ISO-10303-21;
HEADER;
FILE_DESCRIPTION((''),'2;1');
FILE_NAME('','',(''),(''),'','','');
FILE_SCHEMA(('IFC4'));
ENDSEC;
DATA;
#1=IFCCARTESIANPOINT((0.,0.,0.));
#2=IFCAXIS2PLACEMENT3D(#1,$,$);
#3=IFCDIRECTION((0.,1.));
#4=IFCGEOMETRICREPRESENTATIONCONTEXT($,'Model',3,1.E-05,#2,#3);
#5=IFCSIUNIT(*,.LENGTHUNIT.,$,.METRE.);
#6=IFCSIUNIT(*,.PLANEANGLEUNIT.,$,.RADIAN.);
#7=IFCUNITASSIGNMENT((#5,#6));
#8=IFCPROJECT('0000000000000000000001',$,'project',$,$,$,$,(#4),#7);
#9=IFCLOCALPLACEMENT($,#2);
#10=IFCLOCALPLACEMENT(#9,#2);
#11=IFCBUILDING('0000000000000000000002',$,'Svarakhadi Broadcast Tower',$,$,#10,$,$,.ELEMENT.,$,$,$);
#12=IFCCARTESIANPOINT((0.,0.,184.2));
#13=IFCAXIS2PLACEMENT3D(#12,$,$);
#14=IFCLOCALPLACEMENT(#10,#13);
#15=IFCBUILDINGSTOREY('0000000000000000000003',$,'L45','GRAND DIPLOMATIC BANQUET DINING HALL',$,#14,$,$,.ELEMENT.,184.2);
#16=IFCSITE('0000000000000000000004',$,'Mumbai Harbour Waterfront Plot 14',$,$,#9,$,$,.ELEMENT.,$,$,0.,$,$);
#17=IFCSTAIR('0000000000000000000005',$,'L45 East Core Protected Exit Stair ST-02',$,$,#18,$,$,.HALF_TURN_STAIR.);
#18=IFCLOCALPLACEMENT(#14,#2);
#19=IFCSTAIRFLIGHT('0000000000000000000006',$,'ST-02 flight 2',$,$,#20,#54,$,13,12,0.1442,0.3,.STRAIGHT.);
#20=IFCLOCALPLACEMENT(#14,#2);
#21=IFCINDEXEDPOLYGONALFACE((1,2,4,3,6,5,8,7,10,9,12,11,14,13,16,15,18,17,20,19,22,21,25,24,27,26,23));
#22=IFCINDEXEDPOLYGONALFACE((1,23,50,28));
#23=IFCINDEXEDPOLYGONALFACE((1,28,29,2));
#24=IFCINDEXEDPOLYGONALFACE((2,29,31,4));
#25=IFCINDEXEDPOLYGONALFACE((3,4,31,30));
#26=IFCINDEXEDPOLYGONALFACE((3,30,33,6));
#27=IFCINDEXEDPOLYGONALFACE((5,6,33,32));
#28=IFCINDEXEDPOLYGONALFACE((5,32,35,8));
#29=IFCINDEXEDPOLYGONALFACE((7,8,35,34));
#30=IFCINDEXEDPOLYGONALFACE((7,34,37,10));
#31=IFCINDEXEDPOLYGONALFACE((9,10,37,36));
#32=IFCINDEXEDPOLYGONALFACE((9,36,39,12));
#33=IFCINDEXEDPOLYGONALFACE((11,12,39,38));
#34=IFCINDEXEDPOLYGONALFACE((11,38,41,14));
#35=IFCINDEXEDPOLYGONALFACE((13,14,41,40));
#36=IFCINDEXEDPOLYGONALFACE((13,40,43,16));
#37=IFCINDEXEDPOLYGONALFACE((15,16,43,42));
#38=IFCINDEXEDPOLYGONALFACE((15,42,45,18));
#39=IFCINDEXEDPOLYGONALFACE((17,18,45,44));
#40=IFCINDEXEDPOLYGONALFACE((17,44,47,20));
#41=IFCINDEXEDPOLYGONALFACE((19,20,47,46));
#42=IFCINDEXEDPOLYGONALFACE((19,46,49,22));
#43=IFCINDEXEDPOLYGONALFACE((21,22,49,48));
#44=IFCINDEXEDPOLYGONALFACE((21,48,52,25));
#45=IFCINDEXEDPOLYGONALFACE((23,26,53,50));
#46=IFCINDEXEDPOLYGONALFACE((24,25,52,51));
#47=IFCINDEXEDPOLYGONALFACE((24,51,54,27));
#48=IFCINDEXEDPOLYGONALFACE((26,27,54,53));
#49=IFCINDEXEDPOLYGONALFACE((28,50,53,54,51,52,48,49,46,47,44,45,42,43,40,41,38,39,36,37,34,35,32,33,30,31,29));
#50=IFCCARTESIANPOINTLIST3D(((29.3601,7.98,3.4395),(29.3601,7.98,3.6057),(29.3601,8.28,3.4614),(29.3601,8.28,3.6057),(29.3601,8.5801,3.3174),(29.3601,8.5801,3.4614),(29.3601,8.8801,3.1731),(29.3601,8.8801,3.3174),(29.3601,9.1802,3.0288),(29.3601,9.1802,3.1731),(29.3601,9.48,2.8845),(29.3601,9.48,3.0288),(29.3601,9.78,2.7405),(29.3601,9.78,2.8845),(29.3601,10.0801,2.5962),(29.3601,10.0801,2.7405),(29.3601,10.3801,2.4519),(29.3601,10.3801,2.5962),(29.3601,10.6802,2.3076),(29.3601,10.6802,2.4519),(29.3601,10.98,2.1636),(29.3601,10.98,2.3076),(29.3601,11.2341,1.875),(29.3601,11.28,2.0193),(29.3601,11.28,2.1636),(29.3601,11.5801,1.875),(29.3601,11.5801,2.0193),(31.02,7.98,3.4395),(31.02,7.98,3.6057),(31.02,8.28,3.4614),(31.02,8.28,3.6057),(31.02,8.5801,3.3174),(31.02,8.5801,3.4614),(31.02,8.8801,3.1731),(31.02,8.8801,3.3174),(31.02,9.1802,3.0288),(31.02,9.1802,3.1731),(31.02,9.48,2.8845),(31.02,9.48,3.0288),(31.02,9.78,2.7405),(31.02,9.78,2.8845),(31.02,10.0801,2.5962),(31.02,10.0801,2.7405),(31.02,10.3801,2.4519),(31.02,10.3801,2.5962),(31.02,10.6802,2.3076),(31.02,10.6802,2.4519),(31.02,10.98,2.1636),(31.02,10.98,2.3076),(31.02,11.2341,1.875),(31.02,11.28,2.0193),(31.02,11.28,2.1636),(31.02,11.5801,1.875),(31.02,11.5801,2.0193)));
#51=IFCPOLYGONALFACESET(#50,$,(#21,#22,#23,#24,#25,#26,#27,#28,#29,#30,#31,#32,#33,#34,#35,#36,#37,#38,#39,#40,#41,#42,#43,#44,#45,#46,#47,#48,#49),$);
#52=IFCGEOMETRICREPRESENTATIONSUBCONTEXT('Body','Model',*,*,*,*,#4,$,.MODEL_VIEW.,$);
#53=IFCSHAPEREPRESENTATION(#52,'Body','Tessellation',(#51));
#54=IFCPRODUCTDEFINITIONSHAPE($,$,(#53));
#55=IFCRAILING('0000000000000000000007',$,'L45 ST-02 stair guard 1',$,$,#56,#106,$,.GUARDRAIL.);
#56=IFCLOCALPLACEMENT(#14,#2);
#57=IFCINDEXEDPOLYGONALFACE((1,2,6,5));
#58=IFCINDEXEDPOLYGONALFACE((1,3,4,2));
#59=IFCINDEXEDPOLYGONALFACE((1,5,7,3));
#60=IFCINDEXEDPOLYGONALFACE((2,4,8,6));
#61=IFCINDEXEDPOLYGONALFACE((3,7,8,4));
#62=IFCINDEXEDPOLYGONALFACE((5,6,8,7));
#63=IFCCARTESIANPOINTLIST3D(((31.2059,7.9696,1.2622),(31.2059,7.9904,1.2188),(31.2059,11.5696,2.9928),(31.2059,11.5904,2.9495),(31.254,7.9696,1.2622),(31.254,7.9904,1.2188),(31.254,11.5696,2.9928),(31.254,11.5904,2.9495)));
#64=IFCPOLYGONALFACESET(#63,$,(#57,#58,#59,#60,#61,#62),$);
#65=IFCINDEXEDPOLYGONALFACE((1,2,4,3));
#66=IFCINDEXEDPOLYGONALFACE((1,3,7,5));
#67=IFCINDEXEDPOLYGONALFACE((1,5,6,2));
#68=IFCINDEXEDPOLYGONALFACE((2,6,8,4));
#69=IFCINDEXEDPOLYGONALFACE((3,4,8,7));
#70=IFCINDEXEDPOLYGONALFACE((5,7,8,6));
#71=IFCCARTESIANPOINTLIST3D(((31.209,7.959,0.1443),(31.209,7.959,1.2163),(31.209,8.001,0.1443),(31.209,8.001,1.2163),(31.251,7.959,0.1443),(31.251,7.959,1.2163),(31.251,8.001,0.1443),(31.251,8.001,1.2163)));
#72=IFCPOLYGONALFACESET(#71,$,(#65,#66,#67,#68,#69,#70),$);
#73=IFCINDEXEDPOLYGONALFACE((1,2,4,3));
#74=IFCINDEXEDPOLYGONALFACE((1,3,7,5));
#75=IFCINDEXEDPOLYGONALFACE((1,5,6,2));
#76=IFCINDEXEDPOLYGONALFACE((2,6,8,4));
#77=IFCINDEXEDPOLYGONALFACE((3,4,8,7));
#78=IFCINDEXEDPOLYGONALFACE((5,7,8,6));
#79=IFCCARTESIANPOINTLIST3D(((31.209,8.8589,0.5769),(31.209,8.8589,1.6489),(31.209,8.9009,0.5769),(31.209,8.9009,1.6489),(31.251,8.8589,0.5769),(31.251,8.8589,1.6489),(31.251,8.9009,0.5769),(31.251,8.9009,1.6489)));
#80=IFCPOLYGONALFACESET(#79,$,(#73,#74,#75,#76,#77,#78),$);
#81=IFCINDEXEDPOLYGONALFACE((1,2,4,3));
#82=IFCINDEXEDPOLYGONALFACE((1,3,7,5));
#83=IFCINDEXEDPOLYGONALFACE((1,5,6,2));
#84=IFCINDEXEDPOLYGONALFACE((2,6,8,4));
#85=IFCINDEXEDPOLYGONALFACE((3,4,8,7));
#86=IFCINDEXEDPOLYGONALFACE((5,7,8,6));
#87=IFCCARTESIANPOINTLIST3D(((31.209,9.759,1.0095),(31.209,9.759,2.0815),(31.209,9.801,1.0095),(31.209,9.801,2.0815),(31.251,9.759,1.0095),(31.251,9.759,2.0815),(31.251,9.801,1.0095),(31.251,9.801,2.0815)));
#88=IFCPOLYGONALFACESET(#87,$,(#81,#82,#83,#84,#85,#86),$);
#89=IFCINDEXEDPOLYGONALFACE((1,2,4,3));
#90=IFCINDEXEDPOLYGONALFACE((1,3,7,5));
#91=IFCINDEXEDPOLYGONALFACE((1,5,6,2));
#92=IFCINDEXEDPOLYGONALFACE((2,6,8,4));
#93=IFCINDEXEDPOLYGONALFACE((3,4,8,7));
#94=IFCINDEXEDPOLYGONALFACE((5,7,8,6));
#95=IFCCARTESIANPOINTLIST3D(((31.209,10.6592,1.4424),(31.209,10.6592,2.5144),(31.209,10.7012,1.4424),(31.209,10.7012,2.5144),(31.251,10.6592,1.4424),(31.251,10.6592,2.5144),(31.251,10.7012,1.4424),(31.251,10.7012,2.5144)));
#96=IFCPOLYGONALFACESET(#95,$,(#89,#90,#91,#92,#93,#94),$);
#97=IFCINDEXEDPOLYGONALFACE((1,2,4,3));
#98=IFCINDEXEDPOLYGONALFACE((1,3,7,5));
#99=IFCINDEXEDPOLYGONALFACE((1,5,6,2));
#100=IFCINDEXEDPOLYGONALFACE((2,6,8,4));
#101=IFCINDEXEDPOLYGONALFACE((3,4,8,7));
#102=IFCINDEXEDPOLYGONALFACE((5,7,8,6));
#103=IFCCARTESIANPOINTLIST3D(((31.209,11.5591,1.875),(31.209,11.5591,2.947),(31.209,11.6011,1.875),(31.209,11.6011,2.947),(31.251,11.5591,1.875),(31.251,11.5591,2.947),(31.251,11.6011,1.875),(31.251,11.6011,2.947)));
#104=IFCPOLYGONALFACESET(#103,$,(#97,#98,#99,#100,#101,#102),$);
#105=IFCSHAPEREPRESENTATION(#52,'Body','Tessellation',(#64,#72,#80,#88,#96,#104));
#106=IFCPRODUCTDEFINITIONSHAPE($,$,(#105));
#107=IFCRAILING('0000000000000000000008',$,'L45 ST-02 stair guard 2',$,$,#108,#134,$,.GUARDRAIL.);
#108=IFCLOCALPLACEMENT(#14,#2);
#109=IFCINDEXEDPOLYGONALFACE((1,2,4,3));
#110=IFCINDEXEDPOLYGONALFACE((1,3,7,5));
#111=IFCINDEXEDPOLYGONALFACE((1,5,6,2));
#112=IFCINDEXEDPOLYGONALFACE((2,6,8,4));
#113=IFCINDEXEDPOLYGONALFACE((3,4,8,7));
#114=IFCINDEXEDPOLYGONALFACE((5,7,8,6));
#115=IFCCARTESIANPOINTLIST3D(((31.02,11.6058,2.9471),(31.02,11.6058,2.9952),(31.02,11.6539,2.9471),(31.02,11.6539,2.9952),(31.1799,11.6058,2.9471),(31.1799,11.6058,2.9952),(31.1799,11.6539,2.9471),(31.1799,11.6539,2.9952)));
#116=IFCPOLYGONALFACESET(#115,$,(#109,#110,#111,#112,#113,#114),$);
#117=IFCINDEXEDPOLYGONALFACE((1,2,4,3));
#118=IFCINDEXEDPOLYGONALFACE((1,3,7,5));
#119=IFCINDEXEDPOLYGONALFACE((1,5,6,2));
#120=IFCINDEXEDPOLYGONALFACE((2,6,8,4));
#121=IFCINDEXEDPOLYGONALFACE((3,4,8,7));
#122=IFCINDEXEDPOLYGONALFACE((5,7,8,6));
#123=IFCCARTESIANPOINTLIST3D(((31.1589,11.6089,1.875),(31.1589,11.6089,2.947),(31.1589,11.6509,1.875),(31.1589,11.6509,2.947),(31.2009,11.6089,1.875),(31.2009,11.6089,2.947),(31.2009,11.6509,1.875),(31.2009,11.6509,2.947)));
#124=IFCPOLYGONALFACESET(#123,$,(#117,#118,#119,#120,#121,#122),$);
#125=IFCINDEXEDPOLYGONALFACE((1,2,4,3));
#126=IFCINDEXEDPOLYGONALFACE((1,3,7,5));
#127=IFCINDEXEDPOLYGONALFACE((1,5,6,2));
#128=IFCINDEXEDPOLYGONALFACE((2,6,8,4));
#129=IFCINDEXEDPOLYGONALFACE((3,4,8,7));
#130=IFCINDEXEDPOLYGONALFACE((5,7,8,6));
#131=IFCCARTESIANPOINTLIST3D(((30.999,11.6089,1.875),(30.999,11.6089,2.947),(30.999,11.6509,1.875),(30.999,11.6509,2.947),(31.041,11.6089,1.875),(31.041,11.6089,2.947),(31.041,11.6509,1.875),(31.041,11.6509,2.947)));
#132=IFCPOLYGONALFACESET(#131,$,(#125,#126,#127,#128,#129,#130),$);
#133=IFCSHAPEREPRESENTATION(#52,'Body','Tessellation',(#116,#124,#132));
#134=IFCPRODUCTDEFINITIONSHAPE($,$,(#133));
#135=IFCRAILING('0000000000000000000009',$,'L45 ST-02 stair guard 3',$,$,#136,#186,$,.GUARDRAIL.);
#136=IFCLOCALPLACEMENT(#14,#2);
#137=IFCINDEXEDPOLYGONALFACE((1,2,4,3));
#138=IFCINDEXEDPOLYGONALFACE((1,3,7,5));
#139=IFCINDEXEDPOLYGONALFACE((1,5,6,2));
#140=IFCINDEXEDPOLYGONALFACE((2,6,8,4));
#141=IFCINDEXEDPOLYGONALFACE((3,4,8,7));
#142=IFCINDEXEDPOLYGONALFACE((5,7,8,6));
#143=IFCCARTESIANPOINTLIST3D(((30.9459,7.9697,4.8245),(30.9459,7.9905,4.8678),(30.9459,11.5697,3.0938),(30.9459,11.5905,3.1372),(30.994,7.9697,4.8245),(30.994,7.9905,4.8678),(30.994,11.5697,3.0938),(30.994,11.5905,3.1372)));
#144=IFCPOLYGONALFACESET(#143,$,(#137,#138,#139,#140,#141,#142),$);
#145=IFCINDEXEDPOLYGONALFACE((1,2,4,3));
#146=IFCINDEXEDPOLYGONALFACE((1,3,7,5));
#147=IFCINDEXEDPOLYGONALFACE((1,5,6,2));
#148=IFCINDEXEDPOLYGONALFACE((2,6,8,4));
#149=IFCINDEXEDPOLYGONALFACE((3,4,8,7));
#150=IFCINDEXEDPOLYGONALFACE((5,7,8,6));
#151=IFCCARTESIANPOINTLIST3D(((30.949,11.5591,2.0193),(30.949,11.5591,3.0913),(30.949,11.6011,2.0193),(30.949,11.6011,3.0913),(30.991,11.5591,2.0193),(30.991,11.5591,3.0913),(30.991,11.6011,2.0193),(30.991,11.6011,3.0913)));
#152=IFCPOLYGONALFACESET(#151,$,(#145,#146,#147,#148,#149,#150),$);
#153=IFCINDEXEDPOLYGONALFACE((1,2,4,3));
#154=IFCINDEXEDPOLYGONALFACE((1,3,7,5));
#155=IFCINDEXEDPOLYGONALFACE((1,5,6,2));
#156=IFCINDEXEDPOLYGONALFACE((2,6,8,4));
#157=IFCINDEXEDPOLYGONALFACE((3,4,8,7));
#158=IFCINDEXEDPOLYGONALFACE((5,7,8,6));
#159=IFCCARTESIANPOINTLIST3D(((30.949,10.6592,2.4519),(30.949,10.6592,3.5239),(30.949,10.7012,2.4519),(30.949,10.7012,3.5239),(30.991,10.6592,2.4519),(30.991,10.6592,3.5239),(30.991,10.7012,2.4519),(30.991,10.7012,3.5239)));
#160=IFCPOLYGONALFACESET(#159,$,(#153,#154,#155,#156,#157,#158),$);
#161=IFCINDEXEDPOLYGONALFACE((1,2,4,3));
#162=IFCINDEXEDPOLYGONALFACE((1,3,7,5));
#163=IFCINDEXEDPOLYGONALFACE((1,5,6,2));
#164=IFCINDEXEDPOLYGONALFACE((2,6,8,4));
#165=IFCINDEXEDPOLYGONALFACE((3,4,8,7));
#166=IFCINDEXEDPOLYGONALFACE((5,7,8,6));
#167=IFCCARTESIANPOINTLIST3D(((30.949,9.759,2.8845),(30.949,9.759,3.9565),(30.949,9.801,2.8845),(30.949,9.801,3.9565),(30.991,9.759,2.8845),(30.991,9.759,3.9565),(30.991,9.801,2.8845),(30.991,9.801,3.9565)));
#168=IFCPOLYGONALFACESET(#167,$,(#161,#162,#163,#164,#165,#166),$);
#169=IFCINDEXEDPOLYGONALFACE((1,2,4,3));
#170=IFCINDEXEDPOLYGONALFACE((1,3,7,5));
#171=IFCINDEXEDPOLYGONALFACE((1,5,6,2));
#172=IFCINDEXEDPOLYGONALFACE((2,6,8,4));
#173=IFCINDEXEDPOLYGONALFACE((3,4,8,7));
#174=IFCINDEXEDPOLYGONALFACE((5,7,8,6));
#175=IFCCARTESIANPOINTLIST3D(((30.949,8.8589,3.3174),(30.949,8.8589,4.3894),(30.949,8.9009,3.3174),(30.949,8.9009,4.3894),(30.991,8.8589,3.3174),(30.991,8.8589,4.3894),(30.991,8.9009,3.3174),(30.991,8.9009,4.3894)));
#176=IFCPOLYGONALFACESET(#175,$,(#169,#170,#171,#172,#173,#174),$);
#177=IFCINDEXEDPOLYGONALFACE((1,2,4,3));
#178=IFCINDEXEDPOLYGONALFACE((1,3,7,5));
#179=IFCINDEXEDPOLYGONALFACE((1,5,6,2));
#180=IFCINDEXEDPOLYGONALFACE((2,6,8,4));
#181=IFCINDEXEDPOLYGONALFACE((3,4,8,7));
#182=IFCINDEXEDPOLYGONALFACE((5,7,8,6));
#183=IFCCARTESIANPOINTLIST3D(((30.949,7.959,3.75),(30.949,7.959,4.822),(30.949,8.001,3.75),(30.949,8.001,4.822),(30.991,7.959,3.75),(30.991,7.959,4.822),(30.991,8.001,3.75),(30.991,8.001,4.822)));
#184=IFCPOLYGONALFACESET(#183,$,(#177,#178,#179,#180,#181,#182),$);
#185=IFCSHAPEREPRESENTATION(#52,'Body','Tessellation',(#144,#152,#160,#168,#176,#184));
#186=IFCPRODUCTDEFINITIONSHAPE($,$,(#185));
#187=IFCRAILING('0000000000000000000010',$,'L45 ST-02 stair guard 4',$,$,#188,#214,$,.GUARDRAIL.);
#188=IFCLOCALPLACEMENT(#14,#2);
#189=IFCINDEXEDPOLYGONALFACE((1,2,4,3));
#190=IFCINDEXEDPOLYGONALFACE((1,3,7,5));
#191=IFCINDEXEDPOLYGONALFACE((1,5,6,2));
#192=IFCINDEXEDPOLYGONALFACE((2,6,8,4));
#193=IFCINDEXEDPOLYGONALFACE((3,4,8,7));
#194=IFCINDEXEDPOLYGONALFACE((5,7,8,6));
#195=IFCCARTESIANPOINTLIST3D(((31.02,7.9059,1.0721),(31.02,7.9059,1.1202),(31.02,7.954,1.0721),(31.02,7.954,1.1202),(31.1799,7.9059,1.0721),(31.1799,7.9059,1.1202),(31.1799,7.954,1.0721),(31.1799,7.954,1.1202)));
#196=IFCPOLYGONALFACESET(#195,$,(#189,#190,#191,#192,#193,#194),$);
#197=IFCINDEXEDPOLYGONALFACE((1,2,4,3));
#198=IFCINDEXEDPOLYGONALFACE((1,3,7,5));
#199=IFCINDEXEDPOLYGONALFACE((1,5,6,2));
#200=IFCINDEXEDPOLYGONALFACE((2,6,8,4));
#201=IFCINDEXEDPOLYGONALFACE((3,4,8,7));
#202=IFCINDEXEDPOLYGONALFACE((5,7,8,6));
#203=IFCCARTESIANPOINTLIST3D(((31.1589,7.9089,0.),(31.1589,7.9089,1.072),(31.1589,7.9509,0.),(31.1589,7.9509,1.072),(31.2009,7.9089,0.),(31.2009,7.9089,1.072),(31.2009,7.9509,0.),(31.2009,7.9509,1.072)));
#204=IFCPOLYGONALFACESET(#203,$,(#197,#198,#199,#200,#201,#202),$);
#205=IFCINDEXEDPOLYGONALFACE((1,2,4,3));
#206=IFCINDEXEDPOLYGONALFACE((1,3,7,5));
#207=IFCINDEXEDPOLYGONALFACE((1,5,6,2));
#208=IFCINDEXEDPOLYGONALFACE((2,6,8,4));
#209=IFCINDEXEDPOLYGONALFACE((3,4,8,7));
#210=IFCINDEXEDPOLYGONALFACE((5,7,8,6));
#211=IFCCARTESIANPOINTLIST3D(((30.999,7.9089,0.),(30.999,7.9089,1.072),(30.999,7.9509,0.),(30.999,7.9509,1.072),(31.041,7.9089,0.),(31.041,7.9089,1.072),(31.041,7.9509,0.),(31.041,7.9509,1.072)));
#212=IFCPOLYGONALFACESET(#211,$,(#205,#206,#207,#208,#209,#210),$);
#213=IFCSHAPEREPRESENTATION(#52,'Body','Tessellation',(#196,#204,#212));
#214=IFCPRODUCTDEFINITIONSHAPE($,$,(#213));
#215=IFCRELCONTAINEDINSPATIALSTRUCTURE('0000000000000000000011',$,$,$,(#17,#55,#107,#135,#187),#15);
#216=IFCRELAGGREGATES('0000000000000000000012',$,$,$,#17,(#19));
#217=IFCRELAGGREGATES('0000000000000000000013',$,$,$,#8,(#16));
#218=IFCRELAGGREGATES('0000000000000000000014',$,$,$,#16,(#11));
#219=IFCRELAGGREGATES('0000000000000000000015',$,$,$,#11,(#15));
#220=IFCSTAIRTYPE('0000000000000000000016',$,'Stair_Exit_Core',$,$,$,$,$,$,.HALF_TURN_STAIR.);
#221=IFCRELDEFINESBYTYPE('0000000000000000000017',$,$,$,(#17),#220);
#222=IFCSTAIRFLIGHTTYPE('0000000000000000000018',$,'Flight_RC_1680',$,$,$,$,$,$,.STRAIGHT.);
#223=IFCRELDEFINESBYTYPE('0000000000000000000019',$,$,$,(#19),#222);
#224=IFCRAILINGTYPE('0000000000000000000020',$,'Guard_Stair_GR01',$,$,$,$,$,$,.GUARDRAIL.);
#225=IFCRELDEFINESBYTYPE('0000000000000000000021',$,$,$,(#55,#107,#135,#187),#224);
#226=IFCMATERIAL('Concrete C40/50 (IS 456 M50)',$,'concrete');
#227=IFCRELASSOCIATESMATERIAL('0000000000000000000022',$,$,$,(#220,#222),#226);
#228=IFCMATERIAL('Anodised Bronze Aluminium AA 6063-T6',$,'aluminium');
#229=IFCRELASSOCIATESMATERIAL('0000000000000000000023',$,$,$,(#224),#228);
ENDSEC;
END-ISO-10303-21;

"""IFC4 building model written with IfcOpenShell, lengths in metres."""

from ifc_helpers import new_model, si_unit, direction, frame, origin, origin_2d, place, context, subcontext, project, spatial, polyline, rectangle, outline, extrude, material, type_object, element, aggregate, save


model = new_model("IFC4")

# Units and contexts
model_context = context("Model", 3, precision=1e-05, world=origin(), true_north=direction((0.0, 1.0)))
body_context = subcontext(model_context, "Body", "Model", "MODEL_VIEW")
ifc_project = project(units=[si_unit("LENGTHUNIT", "METRE"), si_unit("PLANEANGLEUNIT", "RADIAN")], contexts=[model_context])

# Site, building, storey
site_placement = place(None, origin())
site = spatial("IfcSite", under=ifc_project, at=site_placement, Name="Mumbai Harbour Waterfront Plot 14", CompositionType="ELEMENT", RefElevation=0.0)
building_placement = place(site_placement, origin())
building = spatial("IfcBuilding", under=site, at=building_placement, Name="Svarakhadi Broadcast Tower", CompositionType="ELEMENT")
storey_placement = place(building_placement, frame((0.0, 0.0, 184.2)))
storey = spatial("IfcBuildingStorey", under=building, at=storey_placement, Name="L45", Description="GRAND DIPLOMATIC BANQUET DINING HALL", CompositionType="ELEMENT", Elevation=184.2)

# Shared definitions
ifc_material_1 = material(Name="Anodised Bronze Aluminium AA 6063-T6", Category="aluminium")

# Shared definitions
ifc_material_2 = material(Name="Concrete C40/50 (IS 456 M50)", Category="concrete")

# Stair, stair flight
stair_type = type_object("IfcStairType", Name="Stair_Exit_Core", PredefinedType="HALF_TURN_STAIR", material=ifc_material_2)
stair_placement = place(storey_placement, origin())
stair = element("IfcStair", 1, at=stair_placement, inside=storey, type_object=stair_type, Name="L45 East Core Protected Exit Stair ST-02", PredefinedType="HALF_TURN_STAIR")
stair_flight_type = type_object("IfcStairFlightType", Name="Flight_RC_1680", PredefinedType="STRAIGHT", material=ifc_material_2)
stair_flight_1_placement = place(storey_placement, frame((30.1899, 11.5801, 1.875), z_axis=(0.0, 0.0, 1.0), x_axis=(0.0, -1.0, 0.0)))
stair_flight_1 = element("IfcStairFlight", 2, at=stair_flight_1_placement, type_object=stair_flight_type, Name="ST-02 flight 2", NumberOfRisers=13, NumberOfTreads=12, PredefinedType="STRAIGHT", RiserHeight=0.1442, TreadLength=0.3, context=body_context, shape_type="SweptSolid", body=[
    extrude(outline(polyline([(0.0, 0.0), (0.0, 0.1443), (0.3, 0.1443), (0.3, 0.2886), (0.6001, 0.2886), (0.6001, 0.4326), (0.8999, 0.4326), (0.8999, 0.5769), (1.2, 0.5769), (1.2, 0.7212), (1.5, 0.7212), (1.5, 0.8655), (1.8, 0.8655), (1.8, 1.0095), (2.1001, 1.0095), (2.1001, 1.1538), (2.3999, 1.1538), (2.3999, 1.2981), (2.7, 1.2981), (2.7, 1.4424), (3.0, 1.4424), (3.0, 1.5864), (3.3, 1.5864), (3.3, 1.7307), (3.6001, 1.7307), (3.6001, 1.875), (3.6001, 1.5645), (0.3459, 0.0), (0.0, 0.0)])), frame((0.0, 0.8301, 0.0), z_axis=(0.0, -1.0, 0.0), x_axis=(1.0, 0.0, 0.0)), (0.0, 0.0, 1.0), 1.6599),
])
aggregate(stair, [stair_flight_1])

# Railings
railing_type_1 = type_object("IfcRailingType", Name="Guard_Stair_GR01", PredefinedType="GUARDRAIL", material=ifc_material_1)
railing_1_placement = place(storey_placement, frame((31.23, 7.98, 0.1443)))
element("IfcRailing", 3, at=railing_1_placement, inside=storey, type_object=railing_type_1, Name="L45 ST-02 stair guard 1", PredefinedType="GUARDRAIL", context=body_context, shape_type="SweptSolid", body=[
    extrude(rectangle(XDim=0.0481, YDim=0.0481, at=origin_2d()), frame((0.0, 0.0, 1.0962), z_axis=(0.0, 0.901263, 0.433273), x_axis=(-1.0, 0.0, 0.0)), (0.0, 0.0, 1.0), 3.9944),
    extrude(rectangle(XDim=0.042, YDim=0.042, at=origin_2d()), origin(), (0.0, 0.0, 1.0), 1.072),
    extrude(rectangle(XDim=0.042, YDim=0.042, at=origin_2d()), frame((0.0, 0.8999, 0.4326)), (0.0, 0.0, 1.0), 1.072),
    extrude(rectangle(XDim=0.042, YDim=0.042, at=origin_2d()), frame((0.0, 1.8, 0.8652)), (0.0, 0.0, 1.0), 1.072),
    extrude(rectangle(XDim=0.042, YDim=0.042, at=origin_2d()), frame((0.0, 2.7002, 1.2981)), (0.0, 0.0, 1.0), 1.072),
    extrude(rectangle(XDim=0.042, YDim=0.042, at=origin_2d()), frame((0.0, 3.6001, 1.7307)), (0.0, 0.0, 1.0), 1.072),
])
railing_2_placement = place(storey_placement, frame((31.1799, 11.6299, 1.875)))
element("IfcRailing", 4, at=railing_2_placement, inside=storey, type_object=railing_type_1, Name="L45 ST-02 stair guard 2", PredefinedType="GUARDRAIL", context=body_context, shape_type="SweptSolid", body=[
    extrude(rectangle(XDim=0.0481, YDim=0.0481, at=origin_2d()), frame((0.0, 0.0, 1.0962), z_axis=(-1.0, 0.0, 0.0), x_axis=(0.0, -1.0, 0.0)), (0.0, 0.0, 1.0), 0.1599),
    extrude(rectangle(XDim=0.042, YDim=0.042, at=origin_2d()), origin(), (0.0, 0.0, 1.0), 1.072),
    extrude(rectangle(XDim=0.042, YDim=0.042, at=origin_2d()), frame((-0.1599, 0.0, 0.0)), (0.0, 0.0, 1.0), 1.072),
])
railing_3_placement = place(storey_placement, frame((30.97, 11.5801, 2.0193)))
element("IfcRailing", 5, at=railing_3_placement, inside=storey, type_object=railing_type_1, Name="L45 ST-02 stair guard 3", PredefinedType="GUARDRAIL", context=body_context, shape_type="SweptSolid", body=[
    extrude(rectangle(XDim=0.0481, YDim=0.0481, at=origin_2d()), frame((0.0, 0.0, 1.0962), z_axis=(0.0, -0.901263, 0.433273), x_axis=(1.0, 0.0, 0.0)), (0.0, 0.0, 1.0), 3.9944),
    extrude(rectangle(XDim=0.042, YDim=0.042, at=origin_2d()), origin(), (0.0, 0.0, 1.0), 1.072),
    extrude(rectangle(XDim=0.042, YDim=0.042, at=origin_2d()), frame((0.0, -0.8999, 0.4326)), (0.0, 0.0, 1.0), 1.072),
    extrude(rectangle(XDim=0.042, YDim=0.042, at=origin_2d()), frame((0.0, -1.8, 0.8652)), (0.0, 0.0, 1.0), 1.072),
    extrude(rectangle(XDim=0.042, YDim=0.042, at=origin_2d()), frame((0.0, -2.7002, 1.2981)), (0.0, 0.0, 1.0), 1.072),
    extrude(rectangle(XDim=0.042, YDim=0.042, at=origin_2d()), frame((0.0, -3.6001, 1.7307)), (0.0, 0.0, 1.0), 1.072),
])
railing_4_placement = place(storey_placement, frame((31.1799, 7.9299, 0.0)))
element("IfcRailing", 6, at=railing_4_placement, inside=storey, type_object=railing_type_1, Name="L45 ST-02 stair guard 4", PredefinedType="GUARDRAIL", context=body_context, shape_type="SweptSolid", body=[
    extrude(rectangle(XDim=0.0481, YDim=0.0481, at=origin_2d()), frame((0.0, 0.0, 1.0962), z_axis=(-1.0, 0.0, 0.0), x_axis=(0.0, -1.0, 0.0)), (0.0, 0.0, 1.0), 0.1599),
    extrude(rectangle(XDim=0.042, YDim=0.042, at=origin_2d()), origin(), (0.0, 0.0, 1.0), 1.072),
    extrude(rectangle(XDim=0.042, YDim=0.042, at=origin_2d()), frame((-0.1599, 0.0, 0.0)), (0.0, 0.0, 1.0), 1.072),
])

save(model, "model.ifc")
